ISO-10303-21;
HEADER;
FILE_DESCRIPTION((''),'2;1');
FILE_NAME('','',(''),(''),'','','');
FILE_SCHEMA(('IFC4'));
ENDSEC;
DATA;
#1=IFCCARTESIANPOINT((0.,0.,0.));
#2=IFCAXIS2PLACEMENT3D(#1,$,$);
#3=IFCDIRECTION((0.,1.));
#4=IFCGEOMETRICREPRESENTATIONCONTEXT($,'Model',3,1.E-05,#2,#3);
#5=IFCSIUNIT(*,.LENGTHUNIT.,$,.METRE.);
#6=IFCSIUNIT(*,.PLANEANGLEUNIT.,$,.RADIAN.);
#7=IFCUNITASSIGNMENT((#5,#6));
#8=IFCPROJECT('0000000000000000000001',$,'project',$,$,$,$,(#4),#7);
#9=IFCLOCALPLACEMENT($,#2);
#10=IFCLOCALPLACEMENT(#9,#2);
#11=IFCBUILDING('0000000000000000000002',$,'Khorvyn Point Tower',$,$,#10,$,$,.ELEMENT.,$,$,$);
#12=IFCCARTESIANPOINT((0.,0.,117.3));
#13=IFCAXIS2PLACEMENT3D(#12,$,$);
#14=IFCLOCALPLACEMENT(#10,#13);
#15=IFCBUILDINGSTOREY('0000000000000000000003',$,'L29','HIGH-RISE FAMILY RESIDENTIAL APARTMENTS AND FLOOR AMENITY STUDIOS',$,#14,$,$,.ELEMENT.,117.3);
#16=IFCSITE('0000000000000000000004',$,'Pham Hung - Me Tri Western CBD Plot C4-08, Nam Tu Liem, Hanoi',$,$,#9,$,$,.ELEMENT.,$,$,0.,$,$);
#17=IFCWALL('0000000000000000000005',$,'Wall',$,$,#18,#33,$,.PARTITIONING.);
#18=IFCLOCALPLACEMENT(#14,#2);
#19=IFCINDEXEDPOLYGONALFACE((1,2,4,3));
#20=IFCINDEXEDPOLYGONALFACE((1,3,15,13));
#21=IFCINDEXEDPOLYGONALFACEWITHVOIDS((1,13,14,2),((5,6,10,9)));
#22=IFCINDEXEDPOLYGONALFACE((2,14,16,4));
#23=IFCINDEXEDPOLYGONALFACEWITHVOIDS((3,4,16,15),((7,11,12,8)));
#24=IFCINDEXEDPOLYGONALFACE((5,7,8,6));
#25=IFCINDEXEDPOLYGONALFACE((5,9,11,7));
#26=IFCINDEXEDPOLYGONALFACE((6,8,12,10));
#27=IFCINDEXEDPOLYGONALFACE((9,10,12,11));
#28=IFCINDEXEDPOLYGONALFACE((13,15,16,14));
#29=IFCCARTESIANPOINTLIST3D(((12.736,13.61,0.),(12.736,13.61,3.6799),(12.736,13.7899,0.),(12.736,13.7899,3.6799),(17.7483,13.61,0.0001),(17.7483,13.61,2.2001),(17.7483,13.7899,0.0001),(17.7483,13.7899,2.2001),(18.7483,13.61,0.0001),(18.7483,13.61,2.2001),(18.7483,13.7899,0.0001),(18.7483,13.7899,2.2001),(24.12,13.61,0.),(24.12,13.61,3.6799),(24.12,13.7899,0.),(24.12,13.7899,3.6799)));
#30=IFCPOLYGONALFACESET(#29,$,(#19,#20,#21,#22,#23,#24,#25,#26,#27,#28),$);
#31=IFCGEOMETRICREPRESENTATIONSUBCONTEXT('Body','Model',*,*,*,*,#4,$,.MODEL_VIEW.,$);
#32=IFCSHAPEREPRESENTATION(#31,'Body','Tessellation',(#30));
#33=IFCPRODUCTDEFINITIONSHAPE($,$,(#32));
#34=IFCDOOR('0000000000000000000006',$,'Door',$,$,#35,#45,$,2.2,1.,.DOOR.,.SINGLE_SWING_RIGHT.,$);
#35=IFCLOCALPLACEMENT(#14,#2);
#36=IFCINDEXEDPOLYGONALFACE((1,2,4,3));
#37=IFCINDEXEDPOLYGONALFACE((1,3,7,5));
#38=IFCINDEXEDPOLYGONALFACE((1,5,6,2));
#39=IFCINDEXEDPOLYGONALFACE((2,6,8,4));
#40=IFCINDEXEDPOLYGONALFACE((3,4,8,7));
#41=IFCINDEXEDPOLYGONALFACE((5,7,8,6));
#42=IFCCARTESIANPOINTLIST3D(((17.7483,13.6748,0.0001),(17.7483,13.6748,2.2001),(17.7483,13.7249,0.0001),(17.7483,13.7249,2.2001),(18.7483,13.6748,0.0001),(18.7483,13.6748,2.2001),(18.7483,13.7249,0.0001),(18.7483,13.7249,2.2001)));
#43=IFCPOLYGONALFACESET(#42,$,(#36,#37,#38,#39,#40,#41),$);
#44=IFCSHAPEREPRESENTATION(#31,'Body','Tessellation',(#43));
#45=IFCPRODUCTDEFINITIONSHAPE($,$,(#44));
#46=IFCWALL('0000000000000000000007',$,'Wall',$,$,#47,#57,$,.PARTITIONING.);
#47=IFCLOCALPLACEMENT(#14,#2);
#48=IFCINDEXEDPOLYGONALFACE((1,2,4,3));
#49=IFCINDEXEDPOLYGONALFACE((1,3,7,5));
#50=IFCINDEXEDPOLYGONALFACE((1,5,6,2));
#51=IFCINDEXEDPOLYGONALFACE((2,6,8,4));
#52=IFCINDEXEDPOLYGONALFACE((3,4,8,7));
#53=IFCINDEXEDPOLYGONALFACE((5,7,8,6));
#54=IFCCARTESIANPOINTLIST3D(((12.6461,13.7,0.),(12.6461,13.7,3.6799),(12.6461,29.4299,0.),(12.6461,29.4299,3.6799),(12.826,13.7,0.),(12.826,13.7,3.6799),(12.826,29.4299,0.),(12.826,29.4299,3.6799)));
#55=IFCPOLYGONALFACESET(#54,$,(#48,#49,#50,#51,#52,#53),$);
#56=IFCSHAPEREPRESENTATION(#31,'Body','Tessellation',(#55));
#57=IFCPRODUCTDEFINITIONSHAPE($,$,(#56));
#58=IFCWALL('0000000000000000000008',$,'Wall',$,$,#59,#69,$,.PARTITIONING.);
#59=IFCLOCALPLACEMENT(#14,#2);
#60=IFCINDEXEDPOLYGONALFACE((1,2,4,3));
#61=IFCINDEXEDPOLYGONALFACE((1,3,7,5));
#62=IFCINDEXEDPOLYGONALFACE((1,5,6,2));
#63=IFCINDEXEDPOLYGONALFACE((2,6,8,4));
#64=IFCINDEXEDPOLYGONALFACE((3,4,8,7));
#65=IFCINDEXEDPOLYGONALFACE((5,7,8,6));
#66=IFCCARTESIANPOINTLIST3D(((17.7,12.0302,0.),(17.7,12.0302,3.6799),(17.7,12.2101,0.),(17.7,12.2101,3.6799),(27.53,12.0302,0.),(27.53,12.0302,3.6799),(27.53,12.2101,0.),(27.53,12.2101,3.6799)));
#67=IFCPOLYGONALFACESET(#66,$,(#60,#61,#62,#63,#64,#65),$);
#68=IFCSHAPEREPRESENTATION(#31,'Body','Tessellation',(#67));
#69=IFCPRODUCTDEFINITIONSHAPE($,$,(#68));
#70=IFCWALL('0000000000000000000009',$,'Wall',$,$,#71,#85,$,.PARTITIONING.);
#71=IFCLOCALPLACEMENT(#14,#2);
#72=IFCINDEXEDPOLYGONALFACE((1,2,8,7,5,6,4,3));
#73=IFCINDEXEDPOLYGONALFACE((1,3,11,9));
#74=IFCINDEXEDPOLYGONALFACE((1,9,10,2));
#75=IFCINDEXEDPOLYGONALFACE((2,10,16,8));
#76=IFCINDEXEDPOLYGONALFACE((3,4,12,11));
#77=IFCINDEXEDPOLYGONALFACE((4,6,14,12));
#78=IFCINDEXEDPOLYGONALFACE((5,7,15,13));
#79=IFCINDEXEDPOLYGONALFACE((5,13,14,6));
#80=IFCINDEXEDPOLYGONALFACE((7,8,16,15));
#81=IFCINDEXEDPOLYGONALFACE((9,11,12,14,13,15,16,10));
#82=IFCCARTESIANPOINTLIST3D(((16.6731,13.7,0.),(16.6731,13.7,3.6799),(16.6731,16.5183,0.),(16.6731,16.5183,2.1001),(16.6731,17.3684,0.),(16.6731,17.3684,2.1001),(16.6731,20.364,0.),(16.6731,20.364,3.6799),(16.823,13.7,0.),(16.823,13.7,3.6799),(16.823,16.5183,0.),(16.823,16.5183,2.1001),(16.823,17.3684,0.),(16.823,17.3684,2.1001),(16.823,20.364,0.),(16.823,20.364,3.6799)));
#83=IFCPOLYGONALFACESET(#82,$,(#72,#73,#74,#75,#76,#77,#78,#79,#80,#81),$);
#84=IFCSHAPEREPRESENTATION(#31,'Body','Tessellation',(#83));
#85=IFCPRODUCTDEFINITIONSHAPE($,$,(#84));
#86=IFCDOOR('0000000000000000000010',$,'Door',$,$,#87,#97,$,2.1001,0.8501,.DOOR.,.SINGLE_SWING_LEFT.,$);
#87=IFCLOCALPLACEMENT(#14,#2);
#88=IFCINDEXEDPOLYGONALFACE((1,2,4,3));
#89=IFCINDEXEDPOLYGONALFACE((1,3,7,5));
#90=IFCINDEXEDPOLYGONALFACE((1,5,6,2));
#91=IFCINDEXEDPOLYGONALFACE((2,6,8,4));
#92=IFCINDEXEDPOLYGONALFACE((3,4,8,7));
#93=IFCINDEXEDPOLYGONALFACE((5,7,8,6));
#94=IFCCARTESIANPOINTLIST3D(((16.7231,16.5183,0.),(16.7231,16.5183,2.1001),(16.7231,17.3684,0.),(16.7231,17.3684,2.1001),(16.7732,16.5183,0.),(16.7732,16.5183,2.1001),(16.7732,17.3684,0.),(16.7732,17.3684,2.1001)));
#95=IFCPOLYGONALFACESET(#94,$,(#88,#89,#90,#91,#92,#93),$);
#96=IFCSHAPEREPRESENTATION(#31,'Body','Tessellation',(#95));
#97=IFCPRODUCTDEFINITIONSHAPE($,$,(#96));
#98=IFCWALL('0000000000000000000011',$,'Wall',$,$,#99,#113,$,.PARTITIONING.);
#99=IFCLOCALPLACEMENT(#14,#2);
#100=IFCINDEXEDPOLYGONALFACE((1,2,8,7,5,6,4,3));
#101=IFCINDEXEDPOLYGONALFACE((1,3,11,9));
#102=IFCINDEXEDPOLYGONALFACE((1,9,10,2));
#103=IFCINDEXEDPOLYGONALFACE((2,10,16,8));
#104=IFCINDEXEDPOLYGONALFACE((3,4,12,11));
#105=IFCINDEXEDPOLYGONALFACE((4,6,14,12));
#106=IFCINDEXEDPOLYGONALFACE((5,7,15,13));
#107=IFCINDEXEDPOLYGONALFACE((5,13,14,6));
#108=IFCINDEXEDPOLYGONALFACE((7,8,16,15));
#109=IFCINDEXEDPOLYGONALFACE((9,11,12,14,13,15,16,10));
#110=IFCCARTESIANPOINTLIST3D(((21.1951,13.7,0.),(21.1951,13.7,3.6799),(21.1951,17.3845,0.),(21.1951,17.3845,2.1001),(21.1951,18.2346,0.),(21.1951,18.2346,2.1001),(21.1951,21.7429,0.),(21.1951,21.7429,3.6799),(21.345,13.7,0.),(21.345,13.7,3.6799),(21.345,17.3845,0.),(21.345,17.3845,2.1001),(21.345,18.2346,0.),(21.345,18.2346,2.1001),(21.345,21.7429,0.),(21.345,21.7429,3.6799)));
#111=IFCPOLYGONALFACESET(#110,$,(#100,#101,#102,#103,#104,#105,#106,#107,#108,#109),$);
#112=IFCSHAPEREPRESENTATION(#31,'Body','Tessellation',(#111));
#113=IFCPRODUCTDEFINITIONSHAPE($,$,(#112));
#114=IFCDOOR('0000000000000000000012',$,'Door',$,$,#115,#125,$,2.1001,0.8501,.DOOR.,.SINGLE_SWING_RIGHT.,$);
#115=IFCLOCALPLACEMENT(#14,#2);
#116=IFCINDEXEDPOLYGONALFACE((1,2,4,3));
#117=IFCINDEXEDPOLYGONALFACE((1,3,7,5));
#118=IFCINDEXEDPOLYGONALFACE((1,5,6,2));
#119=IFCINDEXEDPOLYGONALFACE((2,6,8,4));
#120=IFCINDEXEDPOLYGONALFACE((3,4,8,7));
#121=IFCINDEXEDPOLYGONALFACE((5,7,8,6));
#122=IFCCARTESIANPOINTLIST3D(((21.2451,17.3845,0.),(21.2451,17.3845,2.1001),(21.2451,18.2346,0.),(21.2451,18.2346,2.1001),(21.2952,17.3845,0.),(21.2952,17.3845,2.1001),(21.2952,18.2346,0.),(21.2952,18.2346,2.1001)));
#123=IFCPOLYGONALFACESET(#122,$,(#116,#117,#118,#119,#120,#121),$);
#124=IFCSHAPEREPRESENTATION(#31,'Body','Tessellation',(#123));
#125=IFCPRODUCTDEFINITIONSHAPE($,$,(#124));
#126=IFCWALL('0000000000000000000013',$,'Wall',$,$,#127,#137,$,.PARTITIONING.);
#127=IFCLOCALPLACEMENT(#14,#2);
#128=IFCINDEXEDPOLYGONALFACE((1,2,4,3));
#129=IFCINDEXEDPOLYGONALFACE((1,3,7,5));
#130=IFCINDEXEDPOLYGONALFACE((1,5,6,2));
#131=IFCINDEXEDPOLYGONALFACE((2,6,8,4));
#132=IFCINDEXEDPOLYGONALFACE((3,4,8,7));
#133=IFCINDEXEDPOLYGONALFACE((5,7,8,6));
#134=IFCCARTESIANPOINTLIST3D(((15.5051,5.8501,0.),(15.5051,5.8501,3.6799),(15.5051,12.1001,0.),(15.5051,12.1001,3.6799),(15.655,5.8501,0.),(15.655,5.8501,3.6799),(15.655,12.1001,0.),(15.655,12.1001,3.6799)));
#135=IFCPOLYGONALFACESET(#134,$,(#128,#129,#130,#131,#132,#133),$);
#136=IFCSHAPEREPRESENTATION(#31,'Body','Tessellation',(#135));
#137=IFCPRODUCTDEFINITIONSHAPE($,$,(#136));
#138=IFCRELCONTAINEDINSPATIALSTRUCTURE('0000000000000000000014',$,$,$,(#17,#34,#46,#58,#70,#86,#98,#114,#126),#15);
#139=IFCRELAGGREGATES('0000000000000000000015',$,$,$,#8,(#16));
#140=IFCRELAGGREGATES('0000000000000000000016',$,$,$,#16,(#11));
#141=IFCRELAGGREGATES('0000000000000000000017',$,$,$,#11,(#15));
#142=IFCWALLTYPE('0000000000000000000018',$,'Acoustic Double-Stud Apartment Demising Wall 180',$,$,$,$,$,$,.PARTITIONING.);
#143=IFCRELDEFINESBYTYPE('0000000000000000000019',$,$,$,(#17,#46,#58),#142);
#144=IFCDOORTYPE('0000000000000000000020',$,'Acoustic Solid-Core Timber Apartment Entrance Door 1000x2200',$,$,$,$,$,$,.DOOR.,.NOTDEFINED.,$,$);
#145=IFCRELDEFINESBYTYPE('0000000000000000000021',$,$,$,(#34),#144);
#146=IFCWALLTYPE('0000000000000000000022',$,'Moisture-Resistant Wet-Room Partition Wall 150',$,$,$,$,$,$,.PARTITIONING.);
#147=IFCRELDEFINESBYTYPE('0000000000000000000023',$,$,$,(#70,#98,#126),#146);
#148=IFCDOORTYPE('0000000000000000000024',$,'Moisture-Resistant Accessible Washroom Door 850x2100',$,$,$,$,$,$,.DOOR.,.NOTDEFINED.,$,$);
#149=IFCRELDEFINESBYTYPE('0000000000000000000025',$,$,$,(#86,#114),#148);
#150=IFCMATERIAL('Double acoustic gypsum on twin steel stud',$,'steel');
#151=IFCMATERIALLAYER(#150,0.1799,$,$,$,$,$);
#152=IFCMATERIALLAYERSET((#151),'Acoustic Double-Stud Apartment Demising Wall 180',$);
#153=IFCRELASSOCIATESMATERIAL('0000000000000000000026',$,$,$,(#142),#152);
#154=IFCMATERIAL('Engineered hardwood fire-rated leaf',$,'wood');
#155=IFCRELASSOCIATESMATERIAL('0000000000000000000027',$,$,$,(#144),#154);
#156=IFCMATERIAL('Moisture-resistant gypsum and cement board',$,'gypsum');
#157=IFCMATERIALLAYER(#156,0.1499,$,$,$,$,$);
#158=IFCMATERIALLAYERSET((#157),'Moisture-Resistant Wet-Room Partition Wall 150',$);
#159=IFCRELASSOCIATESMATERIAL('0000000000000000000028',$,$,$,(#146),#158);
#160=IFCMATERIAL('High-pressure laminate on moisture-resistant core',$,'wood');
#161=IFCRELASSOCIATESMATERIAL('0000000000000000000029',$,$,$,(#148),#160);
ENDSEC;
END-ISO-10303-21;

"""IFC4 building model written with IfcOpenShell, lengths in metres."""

from ifc_helpers import new_model, si_unit, direction, frame, frame_2d, origin, place, context, subcontext, project, spatial, rectangle, extrude, material, layer, layer_set, type_object, element, fill, save


model = new_model("IFC4")

# Units and contexts
model_context = context("Model", 3, precision=1e-05, world=origin(), true_north=direction((0.0, 1.0)))
body_context = subcontext(model_context, "Body", "Model", "MODEL_VIEW")
ifc_project = project(units=[si_unit("LENGTHUNIT", "METRE"), si_unit("PLANEANGLEUNIT", "RADIAN")], contexts=[model_context])

# Site, building, storey
site_placement = place(None, origin())
site = spatial("IfcSite", under=ifc_project, at=site_placement, Name="Pham Hung - Me Tri Western CBD Plot C4-08, Nam Tu Liem, Hanoi", CompositionType="ELEMENT", RefElevation=0.0)
building_placement = place(site_placement, origin())
building = spatial("IfcBuilding", under=site, at=building_placement, Name="Khorvyn Point Tower", CompositionType="ELEMENT")
storey_placement = place(building_placement, frame((0.0, 0.0, 117.3)))
storey = spatial("IfcBuildingStorey", under=building, at=storey_placement, Name="L29", Description="HIGH-RISE FAMILY RESIDENTIAL APARTMENTS AND FLOOR AMENITY STUDIOS", CompositionType="ELEMENT", Elevation=117.3)

# Wall, opening, door
ifc_material_1 = material(Name="Double acoustic gypsum on twin steel stud", Category="steel")
ifc_layer_1 = layer(ifc_material_1, 0.1799)
ifc_layer_set_1 = layer_set([ifc_layer_1], Name="Acoustic Double-Stud Apartment Demising Wall 180")
wall_type_1 = type_object("IfcWallType", Name="Acoustic Double-Stud Apartment Demising Wall 180", PredefinedType="PARTITIONING", material=ifc_layer_set_1)
wall_1_placement = place(storey_placement, frame((12.7361, 13.7, 0.0), z_axis=(0.0, 0.0, 1.0), x_axis=(1.0, 0.0, 0.0)))
wall_1 = element("IfcWall", 1, at=wall_1_placement, inside=storey, type_object=wall_type_1, Name="Wall", PredefinedType="PARTITIONING", context=body_context, shape_type="SweptSolid", body=[
    extrude(rectangle(XDim=11.384, YDim=0.1799, at=frame_2d((5.6919, 0.0))), origin(), (0.0, 0.0, 1.0), 3.6799),
])
opening_1_placement = place(wall_1_placement, frame((5.0122, 0.0, 0.0)))
opening_1 = element("IfcOpeningElement", 2, at=opening_1_placement, cuts=wall_1, PredefinedType="OPENING", context=body_context, shape_type="SweptSolid", body=[
    extrude(rectangle(XDim=1.0, YDim=2.2, at=frame_2d((0.5, 1.1001))), frame((0.0, 0.0999, 0.0), z_axis=(0.0, -1.0, 0.0), x_axis=(1.0, 0.0, 0.0)), (0.0, 0.0, 1.0), 0.2),
])
ifc_material_2 = material(Name="Engineered hardwood fire-rated leaf", Category="wood")
door_type_1 = type_object("IfcDoorType", Name="Acoustic Solid-Core Timber Apartment Entrance Door 1000x2200", OperationType="NOTDEFINED", PredefinedType="DOOR", material=ifc_material_2)
door_1_placement = place(opening_1_placement, origin())
door_1 = element("IfcDoor", 3, at=door_1_placement, inside=storey, type_object=door_type_1, Name="Door", OperationType="SINGLE_SWING_RIGHT", OverallHeight=2.2, OverallWidth=1.0, PredefinedType="DOOR", context=body_context, shape_type="SweptSolid", body=[
    extrude(rectangle(XDim=1.0, YDim=2.2, at=frame_2d((0.5, 1.1001))), frame((0.0, 0.0249, 0.0), z_axis=(0.0, -1.0, 0.0), x_axis=(1.0, 0.0, 0.0)), (0.0, 0.0, 1.0), 0.05),
])
fill(opening_1, door_1)

# Walls
wall_2_placement = place(storey_placement, frame((12.7361, 13.7, 0.0), z_axis=(0.0, 0.0, 1.0), x_axis=(0.0, 1.0, 0.0)))
element("IfcWall", 4, at=wall_2_placement, inside=storey, type_object=wall_type_1, Name="Wall", PredefinedType="PARTITIONING", context=body_context, shape_type="SweptSolid", body=[
    extrude(rectangle(XDim=15.73, YDim=0.1799, at=frame_2d((7.865, 0.0))), origin(), (0.0, 0.0, 1.0), 3.6799),
])
wall_3_placement = place(storey_placement, frame((17.7, 12.1201, 0.0), z_axis=(0.0, 0.0, 1.0), x_axis=(1.0, 0.0, 0.0)))
element("IfcWall", 5, at=wall_3_placement, inside=storey, type_object=wall_type_1, Name="Wall", PredefinedType="PARTITIONING", context=body_context, shape_type="SweptSolid", body=[
    extrude(rectangle(XDim=9.8301, YDim=0.1799, at=frame_2d((4.915, 0.0))), origin(), (0.0, 0.0, 1.0), 3.6799),
])

# Walls, openings, doors
ifc_material_3 = material(Name="Moisture-resistant gypsum and cement board", Category="gypsum")
ifc_layer_2 = layer(ifc_material_3, 0.1499)
ifc_layer_set_2 = layer_set([ifc_layer_2], Name="Moisture-Resistant Wet-Room Partition Wall 150")
wall_type_2 = type_object("IfcWallType", Name="Moisture-Resistant Wet-Room Partition Wall 150", PredefinedType="PARTITIONING", material=ifc_layer_set_2)
wall_4_placement = place(storey_placement, frame((16.748, 13.7, 0.0), z_axis=(0.0, 0.0, 1.0), x_axis=(0.0, 1.0, 0.0)))
wall_4 = element("IfcWall", 6, at=wall_4_placement, inside=storey, type_object=wall_type_2, Name="Wall", PredefinedType="PARTITIONING", context=body_context, shape_type="SweptSolid", body=[
    extrude(rectangle(XDim=6.6641, YDim=0.1499, at=frame_2d((3.332, 0.0))), origin(), (0.0, 0.0, 1.0), 3.6799),
])
opening_2_placement = place(wall_4_placement, frame((2.8184, 0.0, 0.0)))
opening_2 = element("IfcOpeningElement", 7, at=opening_2_placement, cuts=wall_4, PredefinedType="OPENING", context=body_context, shape_type="SweptSolid", body=[
    extrude(rectangle(XDim=0.8501, YDim=2.1001, at=frame_2d((0.425, 1.05))), frame((0.0, 0.085, 0.0), z_axis=(0.0, -1.0, 0.0), x_axis=(1.0, 0.0, 0.0)), (0.0, 0.0, 1.0), 0.1699),
])
ifc_material_4 = material(Name="High-pressure laminate on moisture-resistant core", Category="wood")
door_type_2 = type_object("IfcDoorType", Name="Moisture-Resistant Accessible Washroom Door 850x2100", OperationType="NOTDEFINED", PredefinedType="DOOR", material=ifc_material_4)
door_2_placement = place(opening_2_placement, origin())
door_2 = element("IfcDoor", 8, at=door_2_placement, inside=storey, type_object=door_type_2, Name="Door", OperationType="SINGLE_SWING_LEFT", OverallHeight=2.1001, OverallWidth=0.8501, PredefinedType="DOOR", context=body_context, shape_type="SweptSolid", body=[
    extrude(rectangle(XDim=0.8501, YDim=2.1001, at=frame_2d((0.425, 1.05))), frame((0.0, 0.0249, 0.0), z_axis=(0.0, -1.0, 0.0), x_axis=(1.0, 0.0, 0.0)), (0.0, 0.0, 1.0), 0.05),
])
fill(opening_2, door_2)
wall_5_placement = place(storey_placement, frame((21.27, 13.7, 0.0), z_axis=(0.0, 0.0, 1.0), x_axis=(0.0, 1.0, 0.0)))
wall_5 = element("IfcWall", 9, at=wall_5_placement, inside=storey, type_object=wall_type_2, Name="Wall", PredefinedType="PARTITIONING", context=body_context, shape_type="SweptSolid", body=[
    extrude(rectangle(XDim=8.043, YDim=0.1499, at=frame_2d((4.0215, 0.0))), origin(), (0.0, 0.0, 1.0), 3.6799),
])
opening_3_placement = place(wall_5_placement, frame((3.6846, 0.0, 0.0)))
opening_3 = element("IfcOpeningElement", 10, at=opening_3_placement, cuts=wall_5, PredefinedType="OPENING", context=body_context, shape_type="SweptSolid", body=[
    extrude(rectangle(XDim=0.8501, YDim=2.1001, at=frame_2d((0.425, 1.05))), frame((0.0, 0.085, 0.0), z_axis=(0.0, -1.0, 0.0), x_axis=(1.0, 0.0, 0.0)), (0.0, 0.0, 1.0), 0.1699),
])
door_3_placement = place(opening_3_placement, origin())
door_3 = element("IfcDoor", 11, at=door_3_placement, inside=storey, type_object=door_type_2, Name="Door", OperationType="SINGLE_SWING_RIGHT", OverallHeight=2.1001, OverallWidth=0.8501, PredefinedType="DOOR", context=body_context, shape_type="SweptSolid", body=[
    extrude(rectangle(XDim=0.8501, YDim=2.1001, at=frame_2d((0.425, 1.05))), frame((0.0, 0.0249, 0.0), z_axis=(0.0, -1.0, 0.0), x_axis=(1.0, 0.0, 0.0)), (0.0, 0.0, 1.0), 0.05),
])
fill(opening_3, door_3)

# Wall
wall_6_placement = place(storey_placement, frame((15.5801, 5.8501, 0.0), z_axis=(0.0, 0.0, 1.0), x_axis=(0.0, 1.0, 0.0)))
element("IfcWall", 12, at=wall_6_placement, inside=storey, type_object=wall_type_2, Name="Wall", PredefinedType="PARTITIONING", context=body_context, shape_type="SweptSolid", body=[
    extrude(rectangle(XDim=6.25, YDim=0.1499, at=frame_2d((3.125, 0.0))), origin(), (0.0, 0.0, 1.0), 3.6799),
])

save(model, "model.ifc")
